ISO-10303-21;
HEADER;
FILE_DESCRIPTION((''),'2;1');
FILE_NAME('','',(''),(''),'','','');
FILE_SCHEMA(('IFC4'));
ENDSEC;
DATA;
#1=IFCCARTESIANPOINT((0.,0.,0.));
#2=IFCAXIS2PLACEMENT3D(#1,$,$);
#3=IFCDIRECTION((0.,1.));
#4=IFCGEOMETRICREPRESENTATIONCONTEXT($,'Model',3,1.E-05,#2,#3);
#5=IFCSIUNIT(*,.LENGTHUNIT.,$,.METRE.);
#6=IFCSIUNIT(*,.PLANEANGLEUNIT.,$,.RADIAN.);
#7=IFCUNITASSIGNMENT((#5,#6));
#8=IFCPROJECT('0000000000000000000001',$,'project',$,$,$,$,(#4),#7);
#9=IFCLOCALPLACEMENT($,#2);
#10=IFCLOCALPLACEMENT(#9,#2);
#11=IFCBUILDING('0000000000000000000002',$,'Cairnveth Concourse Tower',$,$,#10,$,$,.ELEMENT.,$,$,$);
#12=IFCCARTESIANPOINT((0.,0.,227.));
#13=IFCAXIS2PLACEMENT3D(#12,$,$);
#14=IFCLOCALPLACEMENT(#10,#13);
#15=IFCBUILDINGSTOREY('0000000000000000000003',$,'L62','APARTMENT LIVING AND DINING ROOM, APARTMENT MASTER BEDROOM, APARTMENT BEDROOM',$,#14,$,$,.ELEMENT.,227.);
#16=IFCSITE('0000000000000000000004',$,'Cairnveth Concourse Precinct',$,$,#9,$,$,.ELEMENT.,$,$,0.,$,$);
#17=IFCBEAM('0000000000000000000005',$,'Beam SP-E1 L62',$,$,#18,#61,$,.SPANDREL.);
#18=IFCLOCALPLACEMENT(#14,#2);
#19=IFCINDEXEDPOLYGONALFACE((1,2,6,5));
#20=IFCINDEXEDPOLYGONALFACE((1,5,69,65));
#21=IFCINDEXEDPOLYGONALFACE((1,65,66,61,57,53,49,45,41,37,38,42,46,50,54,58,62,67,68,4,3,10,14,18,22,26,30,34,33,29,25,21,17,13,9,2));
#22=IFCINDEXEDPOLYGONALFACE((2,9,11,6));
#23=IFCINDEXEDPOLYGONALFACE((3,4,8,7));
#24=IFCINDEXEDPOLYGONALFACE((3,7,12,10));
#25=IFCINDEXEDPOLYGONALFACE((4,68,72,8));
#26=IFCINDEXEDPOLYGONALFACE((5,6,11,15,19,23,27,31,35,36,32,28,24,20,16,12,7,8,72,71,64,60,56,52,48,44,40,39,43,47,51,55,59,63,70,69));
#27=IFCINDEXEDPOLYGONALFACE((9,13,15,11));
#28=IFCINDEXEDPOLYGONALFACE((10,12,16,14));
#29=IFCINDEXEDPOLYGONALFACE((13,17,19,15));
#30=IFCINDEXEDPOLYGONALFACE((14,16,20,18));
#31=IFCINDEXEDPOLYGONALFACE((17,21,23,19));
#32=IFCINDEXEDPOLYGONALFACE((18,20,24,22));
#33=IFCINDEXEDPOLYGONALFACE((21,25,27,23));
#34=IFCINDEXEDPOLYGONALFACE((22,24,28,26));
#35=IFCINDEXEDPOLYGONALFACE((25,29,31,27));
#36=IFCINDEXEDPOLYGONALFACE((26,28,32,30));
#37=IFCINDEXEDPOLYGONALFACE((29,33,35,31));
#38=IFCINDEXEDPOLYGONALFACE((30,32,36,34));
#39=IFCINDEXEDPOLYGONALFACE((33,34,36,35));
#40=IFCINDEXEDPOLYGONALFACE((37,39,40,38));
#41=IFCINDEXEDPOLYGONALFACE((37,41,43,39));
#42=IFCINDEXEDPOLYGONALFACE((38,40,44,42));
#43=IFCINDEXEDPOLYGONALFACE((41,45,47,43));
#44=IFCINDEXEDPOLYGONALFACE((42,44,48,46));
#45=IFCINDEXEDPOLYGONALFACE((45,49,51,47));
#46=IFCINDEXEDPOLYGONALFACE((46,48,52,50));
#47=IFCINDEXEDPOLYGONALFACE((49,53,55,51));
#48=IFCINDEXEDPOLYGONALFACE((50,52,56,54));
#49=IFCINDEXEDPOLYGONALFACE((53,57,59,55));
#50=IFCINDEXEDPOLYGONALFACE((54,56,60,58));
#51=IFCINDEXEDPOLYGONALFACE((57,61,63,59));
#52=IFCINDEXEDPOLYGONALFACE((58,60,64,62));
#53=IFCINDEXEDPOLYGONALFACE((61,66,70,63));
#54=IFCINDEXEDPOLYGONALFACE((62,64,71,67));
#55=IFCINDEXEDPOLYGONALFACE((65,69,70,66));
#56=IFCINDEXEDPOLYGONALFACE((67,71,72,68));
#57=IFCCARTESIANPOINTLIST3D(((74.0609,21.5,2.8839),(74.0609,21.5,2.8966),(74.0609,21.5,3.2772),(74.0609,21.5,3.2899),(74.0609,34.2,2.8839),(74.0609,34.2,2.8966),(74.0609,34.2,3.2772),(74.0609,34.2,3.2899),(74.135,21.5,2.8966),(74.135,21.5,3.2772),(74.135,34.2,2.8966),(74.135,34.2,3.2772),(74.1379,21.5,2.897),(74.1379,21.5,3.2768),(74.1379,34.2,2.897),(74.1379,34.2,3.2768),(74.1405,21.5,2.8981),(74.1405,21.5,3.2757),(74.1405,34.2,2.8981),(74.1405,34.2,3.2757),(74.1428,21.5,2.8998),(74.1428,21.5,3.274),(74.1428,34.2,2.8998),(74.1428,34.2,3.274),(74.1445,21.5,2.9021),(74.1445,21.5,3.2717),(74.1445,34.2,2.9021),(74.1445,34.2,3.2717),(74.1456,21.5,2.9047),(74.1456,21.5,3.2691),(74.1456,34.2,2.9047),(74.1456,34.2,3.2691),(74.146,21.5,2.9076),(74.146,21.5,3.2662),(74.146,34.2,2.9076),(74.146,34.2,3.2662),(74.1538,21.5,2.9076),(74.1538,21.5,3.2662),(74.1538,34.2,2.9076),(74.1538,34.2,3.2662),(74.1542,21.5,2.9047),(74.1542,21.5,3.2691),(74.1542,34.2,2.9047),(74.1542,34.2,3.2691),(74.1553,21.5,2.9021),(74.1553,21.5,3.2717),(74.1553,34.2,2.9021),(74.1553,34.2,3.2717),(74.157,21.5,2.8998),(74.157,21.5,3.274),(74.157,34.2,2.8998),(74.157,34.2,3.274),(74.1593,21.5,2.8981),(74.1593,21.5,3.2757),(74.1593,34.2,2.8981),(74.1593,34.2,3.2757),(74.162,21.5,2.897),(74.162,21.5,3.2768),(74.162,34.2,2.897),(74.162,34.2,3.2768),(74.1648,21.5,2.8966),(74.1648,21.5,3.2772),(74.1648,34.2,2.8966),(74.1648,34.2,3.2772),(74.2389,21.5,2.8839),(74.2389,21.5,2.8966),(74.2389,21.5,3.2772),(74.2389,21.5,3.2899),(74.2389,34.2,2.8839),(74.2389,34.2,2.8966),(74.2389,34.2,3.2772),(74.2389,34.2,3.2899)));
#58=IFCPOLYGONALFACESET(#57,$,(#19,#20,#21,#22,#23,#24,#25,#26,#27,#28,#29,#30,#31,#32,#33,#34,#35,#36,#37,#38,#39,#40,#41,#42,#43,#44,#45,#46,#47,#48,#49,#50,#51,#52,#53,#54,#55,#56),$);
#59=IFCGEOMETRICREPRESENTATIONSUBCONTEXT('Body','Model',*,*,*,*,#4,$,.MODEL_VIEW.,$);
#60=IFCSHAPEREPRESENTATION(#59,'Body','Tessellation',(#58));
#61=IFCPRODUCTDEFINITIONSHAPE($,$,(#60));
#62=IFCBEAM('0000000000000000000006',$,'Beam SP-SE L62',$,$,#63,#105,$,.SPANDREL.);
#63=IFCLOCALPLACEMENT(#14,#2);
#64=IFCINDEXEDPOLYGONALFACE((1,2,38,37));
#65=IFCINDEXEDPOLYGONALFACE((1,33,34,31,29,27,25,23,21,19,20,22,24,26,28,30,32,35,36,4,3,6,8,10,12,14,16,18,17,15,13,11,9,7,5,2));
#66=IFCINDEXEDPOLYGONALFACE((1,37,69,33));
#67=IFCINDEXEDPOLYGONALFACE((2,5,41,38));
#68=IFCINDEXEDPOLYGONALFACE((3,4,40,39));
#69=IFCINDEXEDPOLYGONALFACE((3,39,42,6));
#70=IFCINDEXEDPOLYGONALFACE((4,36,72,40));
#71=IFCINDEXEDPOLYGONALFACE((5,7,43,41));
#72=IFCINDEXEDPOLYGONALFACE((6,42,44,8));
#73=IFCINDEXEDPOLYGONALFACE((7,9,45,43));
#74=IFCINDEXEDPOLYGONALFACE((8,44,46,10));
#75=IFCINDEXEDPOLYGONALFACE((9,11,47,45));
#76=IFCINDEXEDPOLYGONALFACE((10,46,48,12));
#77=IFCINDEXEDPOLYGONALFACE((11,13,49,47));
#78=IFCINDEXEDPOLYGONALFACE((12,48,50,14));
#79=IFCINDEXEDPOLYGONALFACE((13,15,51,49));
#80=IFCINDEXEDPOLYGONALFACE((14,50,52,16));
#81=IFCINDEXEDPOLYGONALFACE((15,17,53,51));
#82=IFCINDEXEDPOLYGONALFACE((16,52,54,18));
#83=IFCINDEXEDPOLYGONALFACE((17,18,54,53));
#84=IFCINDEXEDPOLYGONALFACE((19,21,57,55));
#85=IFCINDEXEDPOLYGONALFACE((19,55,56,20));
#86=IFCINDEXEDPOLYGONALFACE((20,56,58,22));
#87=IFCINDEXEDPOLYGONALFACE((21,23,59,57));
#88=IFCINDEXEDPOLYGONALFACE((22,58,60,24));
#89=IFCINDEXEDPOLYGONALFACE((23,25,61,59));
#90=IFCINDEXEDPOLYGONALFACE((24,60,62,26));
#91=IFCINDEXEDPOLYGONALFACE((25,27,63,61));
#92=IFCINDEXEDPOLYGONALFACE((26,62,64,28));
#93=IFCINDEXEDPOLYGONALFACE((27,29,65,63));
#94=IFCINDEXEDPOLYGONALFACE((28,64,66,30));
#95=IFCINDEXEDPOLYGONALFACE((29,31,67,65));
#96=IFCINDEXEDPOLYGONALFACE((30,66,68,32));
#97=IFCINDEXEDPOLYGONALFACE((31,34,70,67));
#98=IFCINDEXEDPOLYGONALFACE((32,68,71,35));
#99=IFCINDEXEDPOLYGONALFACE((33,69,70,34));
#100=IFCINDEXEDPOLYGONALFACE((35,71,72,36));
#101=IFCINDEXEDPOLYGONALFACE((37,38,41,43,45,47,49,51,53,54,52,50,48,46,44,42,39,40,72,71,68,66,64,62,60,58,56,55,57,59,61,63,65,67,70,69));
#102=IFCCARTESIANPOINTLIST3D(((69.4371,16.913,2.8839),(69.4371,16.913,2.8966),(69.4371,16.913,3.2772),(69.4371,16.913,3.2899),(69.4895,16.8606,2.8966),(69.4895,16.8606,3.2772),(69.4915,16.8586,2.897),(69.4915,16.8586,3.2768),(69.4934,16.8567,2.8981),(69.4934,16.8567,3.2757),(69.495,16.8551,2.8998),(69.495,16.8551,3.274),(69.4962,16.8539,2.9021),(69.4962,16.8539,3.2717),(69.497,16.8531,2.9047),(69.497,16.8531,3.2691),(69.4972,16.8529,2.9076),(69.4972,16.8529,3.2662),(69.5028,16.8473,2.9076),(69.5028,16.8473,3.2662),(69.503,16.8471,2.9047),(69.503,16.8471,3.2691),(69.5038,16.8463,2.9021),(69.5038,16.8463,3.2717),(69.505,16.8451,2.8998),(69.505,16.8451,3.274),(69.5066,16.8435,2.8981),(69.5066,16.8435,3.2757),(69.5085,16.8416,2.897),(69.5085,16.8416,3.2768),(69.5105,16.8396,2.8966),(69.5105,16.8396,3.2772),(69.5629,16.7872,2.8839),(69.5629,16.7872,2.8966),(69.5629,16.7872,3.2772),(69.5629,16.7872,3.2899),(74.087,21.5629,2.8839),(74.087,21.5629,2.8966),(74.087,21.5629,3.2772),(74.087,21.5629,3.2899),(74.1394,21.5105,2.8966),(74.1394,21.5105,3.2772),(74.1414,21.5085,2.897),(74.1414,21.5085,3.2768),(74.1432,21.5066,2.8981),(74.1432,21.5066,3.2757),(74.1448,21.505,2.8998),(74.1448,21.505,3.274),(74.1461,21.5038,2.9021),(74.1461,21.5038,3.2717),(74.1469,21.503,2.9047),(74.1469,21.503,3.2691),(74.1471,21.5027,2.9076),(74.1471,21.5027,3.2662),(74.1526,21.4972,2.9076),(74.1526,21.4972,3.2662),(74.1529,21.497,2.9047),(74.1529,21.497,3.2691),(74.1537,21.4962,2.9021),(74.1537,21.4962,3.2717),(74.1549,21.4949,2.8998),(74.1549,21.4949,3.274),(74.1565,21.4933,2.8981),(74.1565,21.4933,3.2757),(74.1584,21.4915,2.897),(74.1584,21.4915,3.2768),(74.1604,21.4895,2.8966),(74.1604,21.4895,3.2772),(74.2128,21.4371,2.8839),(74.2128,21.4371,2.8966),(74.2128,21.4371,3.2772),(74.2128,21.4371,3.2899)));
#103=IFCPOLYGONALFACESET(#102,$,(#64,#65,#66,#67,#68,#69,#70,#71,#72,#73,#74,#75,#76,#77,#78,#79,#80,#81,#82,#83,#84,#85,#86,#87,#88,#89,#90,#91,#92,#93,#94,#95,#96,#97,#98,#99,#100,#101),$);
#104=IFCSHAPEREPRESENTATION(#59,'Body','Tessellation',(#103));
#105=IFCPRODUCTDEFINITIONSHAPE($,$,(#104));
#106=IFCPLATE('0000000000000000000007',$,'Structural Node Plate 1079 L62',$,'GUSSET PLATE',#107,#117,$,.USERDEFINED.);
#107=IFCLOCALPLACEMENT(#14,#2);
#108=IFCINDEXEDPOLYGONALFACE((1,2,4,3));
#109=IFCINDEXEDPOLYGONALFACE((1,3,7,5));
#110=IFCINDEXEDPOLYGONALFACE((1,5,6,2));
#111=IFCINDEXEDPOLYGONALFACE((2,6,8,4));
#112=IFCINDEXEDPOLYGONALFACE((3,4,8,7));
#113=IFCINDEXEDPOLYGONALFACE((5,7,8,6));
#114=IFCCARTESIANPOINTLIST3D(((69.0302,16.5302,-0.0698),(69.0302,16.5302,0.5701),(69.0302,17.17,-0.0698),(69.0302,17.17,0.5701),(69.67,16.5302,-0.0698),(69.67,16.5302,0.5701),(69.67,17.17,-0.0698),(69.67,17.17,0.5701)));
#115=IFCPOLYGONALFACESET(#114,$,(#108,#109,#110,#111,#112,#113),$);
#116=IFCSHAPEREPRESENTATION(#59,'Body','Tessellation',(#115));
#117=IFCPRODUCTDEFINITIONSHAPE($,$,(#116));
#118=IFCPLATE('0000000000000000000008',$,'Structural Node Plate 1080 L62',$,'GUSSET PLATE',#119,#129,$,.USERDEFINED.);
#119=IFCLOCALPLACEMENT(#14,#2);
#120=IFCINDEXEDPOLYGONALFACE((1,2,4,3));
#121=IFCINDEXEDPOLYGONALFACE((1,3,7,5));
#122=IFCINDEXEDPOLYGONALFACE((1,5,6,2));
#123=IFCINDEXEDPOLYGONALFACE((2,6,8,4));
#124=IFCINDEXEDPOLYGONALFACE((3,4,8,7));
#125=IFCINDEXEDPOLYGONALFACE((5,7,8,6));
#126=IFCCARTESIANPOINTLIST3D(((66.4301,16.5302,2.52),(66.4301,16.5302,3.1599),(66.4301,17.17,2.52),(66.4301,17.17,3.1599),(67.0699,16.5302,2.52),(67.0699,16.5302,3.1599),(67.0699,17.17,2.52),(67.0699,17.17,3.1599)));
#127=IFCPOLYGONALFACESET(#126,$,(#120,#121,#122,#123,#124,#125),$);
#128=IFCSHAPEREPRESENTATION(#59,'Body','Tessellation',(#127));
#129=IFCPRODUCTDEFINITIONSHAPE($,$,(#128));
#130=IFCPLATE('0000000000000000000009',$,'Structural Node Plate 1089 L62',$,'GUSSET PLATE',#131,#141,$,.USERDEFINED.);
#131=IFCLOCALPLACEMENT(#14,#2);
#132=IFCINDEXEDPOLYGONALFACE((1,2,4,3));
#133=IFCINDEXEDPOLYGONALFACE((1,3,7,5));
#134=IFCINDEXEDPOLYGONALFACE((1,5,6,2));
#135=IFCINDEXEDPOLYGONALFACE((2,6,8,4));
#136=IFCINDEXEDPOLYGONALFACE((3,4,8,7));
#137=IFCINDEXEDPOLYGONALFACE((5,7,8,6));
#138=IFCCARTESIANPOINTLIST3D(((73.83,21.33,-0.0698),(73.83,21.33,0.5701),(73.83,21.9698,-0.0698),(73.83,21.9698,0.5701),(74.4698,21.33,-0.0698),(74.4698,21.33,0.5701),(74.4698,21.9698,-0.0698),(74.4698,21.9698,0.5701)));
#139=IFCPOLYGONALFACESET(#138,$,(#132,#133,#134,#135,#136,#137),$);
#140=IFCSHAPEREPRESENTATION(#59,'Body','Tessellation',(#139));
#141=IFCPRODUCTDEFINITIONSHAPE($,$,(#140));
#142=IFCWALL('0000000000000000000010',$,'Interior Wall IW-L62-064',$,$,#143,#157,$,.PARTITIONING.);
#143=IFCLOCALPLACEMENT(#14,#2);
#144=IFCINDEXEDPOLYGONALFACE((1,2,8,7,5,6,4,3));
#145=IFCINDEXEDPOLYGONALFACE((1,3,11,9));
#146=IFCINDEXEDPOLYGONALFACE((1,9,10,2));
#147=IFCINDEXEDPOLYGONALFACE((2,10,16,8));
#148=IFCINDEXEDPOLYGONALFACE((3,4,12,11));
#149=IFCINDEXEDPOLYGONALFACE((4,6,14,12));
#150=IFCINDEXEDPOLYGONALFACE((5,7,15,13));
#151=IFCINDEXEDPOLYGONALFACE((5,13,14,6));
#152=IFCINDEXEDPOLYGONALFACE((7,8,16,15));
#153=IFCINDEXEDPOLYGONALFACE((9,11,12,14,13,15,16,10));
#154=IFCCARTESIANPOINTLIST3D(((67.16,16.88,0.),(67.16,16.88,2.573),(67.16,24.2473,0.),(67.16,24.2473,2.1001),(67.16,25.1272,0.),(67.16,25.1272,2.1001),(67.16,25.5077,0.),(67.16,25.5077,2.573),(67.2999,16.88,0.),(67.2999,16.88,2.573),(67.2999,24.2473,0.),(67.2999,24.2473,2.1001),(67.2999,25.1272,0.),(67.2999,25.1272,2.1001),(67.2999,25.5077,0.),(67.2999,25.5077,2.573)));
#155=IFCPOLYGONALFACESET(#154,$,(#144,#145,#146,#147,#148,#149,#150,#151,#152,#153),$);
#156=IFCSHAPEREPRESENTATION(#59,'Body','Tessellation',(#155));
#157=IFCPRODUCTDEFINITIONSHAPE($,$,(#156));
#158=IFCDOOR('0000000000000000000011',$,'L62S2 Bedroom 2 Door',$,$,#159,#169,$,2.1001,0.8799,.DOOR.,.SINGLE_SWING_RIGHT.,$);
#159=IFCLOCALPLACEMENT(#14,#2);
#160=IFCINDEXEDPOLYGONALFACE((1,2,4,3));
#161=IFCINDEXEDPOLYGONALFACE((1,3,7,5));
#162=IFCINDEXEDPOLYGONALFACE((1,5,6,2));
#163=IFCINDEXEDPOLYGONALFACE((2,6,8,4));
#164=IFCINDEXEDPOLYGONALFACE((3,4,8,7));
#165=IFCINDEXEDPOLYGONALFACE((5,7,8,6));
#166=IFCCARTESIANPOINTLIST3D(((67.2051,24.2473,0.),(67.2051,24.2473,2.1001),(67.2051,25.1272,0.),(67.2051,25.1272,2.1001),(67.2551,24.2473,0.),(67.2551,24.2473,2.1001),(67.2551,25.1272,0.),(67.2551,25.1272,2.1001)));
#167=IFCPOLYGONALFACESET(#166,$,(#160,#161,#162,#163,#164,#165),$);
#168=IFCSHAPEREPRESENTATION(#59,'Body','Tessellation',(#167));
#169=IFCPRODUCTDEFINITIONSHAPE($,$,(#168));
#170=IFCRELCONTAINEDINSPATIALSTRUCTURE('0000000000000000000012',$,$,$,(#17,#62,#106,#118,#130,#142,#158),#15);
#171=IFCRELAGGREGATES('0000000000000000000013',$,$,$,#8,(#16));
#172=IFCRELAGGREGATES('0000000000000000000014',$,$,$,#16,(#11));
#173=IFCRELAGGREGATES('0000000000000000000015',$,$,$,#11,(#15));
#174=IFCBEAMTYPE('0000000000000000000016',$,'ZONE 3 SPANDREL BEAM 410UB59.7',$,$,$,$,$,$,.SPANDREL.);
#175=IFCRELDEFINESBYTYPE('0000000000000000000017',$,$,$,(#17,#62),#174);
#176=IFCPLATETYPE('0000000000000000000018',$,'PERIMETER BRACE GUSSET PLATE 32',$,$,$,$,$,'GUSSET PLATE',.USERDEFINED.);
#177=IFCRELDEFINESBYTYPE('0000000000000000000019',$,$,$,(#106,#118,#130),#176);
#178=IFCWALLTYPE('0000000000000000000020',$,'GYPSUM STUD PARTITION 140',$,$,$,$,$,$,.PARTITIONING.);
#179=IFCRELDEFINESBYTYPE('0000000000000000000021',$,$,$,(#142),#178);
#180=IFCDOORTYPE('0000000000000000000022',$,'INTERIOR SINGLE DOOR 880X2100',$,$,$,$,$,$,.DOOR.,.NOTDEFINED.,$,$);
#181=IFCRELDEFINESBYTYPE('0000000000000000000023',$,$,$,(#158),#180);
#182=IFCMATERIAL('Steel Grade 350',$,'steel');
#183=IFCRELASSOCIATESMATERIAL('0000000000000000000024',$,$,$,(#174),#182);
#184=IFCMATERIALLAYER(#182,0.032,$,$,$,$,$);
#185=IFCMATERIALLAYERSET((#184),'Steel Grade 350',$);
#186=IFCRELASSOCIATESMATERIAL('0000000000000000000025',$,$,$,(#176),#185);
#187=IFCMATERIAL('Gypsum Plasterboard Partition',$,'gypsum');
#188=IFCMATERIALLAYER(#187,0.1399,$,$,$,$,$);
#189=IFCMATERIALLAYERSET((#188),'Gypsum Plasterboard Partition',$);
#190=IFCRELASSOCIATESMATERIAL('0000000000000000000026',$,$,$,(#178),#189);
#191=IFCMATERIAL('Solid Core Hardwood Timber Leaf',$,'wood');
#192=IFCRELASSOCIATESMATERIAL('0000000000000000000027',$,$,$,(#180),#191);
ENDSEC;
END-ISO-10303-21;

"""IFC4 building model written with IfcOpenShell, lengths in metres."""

from ifc_helpers import new_model, si_unit, direction, frame, frame_2d, origin, origin_2d, place, context, subcontext, project, spatial, rectangle, i_section, extrude, material, layer, layer_set, material_profile, profile_set, type_object, element, fill, save


model = new_model("IFC4")

# Units and contexts
model_context = context("Model", 3, precision=1e-05, world=origin(), true_north=direction((0.0, 1.0)))
body_context = subcontext(model_context, "Body", "Model", "MODEL_VIEW")
ifc_project = project(units=[si_unit("LENGTHUNIT", "METRE"), si_unit("PLANEANGLEUNIT", "RADIAN")], contexts=[model_context])

# Site, building, storey
site_placement = place(None, origin())
site = spatial("IfcSite", under=ifc_project, at=site_placement, Name="Cairnveth Concourse Precinct", CompositionType="ELEMENT", RefElevation=0.0)
building_placement = place(site_placement, origin())
building = spatial("IfcBuilding", under=site, at=building_placement, Name="Cairnveth Concourse Tower", CompositionType="ELEMENT")
storey_placement = place(building_placement, frame((0.0, 0.0, 227.0)))
storey = spatial("IfcBuildingStorey", under=building, at=storey_placement, Name="L62", Description="APARTMENT LIVING AND DINING ROOM, APARTMENT MASTER BEDROOM, APARTMENT BEDROOM", CompositionType="ELEMENT", Elevation=227.0)

# Shared definitions
ifc_material_1 = material(Name="Steel Grade 350", Category="steel")

# Beams
ifc_material_profile_1 = material_profile(ifc_material_1, i_section(OverallWidth=0.178, OverallDepth=0.406, WebThickness=0.0078, FlangeThickness=0.0127, FilletRadius=0.011, at=origin_2d()), Name="410UB59.7")
ifc_profile_set_1 = profile_set([ifc_material_profile_1], Name="Steel Grade 350")
beam_type_1 = type_object("IfcBeamType", Name="ZONE 3 SPANDREL BEAM 410UB59.7", PredefinedType="SPANDREL", material=ifc_profile_set_1)
beam_1_placement = place(storey_placement, frame((74.1499, 21.5, 3.0869), z_axis=(0.0, 1.0, 0.0), x_axis=(-1.0, 0.0, 0.0)))
element("IfcBeam", 1, at=beam_1_placement, inside=storey, type_object=beam_type_1, Name="Beam SP-E1 L62", PredefinedType="SPANDREL", context=body_context, shape_type="SweptSolid", body=[
    extrude(i_section(OverallWidth=0.178, OverallDepth=0.406, WebThickness=0.0078, FlangeThickness=0.0127, FilletRadius=0.011, at=origin_2d()), origin(), (0.0, 0.0, 1.0), 12.7),
])
beam_2_placement = place(storey_placement, frame((69.5, 16.8501, 3.0869), z_axis=(0.707107, 0.707107, 0.0), x_axis=(-0.707107, 0.707107, 0.0)))
element("IfcBeam", 2, at=beam_2_placement, inside=storey, type_object=beam_type_1, Name="Beam SP-SE L62", PredefinedType="SPANDREL", context=body_context, shape_type="SweptSolid", body=[
    extrude(i_section(OverallWidth=0.178, OverallDepth=0.406, WebThickness=0.0078, FlangeThickness=0.0127, FilletRadius=0.011, at=origin_2d()), origin(), (0.0, 0.0, 1.0), 6.5759),
])

# Plates
ifc_layer_1 = layer(ifc_material_1, 0.032)
ifc_layer_set_1 = layer_set([ifc_layer_1], Name="Steel Grade 350")
plate_type = type_object("IfcPlateType", Name="PERIMETER BRACE GUSSET PLATE 32", ElementType="GUSSET PLATE", PredefinedType="USERDEFINED", material=ifc_layer_set_1)
for number, where, z_axis, x_axis, name in (
    (3, (69.3501, 16.8501, -0.0698), (0.0, 0.0, 1.0), (1.0, 0.0, 0.0), "Structural Node Plate 1079 L62"),
    (4, (66.75, 16.8501, 2.52), (0.0, 0.0, 1.0), (1.0, 0.0, 0.0), "Structural Node Plate 1080 L62"),
    (5, (74.1499, 21.6499, -0.0698), (0.0, 0.0, 1.0), (1.0, 0.0, 0.0), "Structural Node Plate 1089 L62"),
):
    element("IfcPlate", number, at=place(storey_placement, frame(where, z_axis=z_axis, x_axis=x_axis)), inside=storey, type_object=plate_type, Name=name, ObjectType="GUSSET PLATE", PredefinedType="USERDEFINED", context=body_context, shape_type="SweptSolid", body=[
        extrude(rectangle(XDim=0.6399, YDim=0.6399, at=origin_2d()), origin(), (0.0, 0.0, 1.0), 0.6399),
    ])

# Wall, opening, door
ifc_material_2 = material(Name="Gypsum Plasterboard Partition", Category="gypsum")
ifc_layer_2 = layer(ifc_material_2, 0.1399)
ifc_layer_set_2 = layer_set([ifc_layer_2], Name="Gypsum Plasterboard Partition")
wall_type_1 = type_object("IfcWallType", Name="GYPSUM STUD PARTITION 140", PredefinedType="PARTITIONING", material=ifc_layer_set_2)
wall_1_placement = place(storey_placement, frame((67.23, 16.8799, 0.0), z_axis=(0.0, 0.0, 1.0), x_axis=(0.0, 1.0, 0.0)))
wall_1 = element("IfcWall", 6, at=wall_1_placement, inside=storey, type_object=wall_type_1, Name="Interior Wall IW-L62-064", PredefinedType="PARTITIONING", context=body_context, shape_type="SweptSolid", body=[
    extrude(rectangle(XDim=8.6277, YDim=0.1399, at=frame_2d((4.314, 0.0))), origin(), (0.0, 0.0, 1.0), 2.573),
])
opening_1_placement = place(wall_1_placement, frame((7.3674, 0.0, 0.0)))
opening_1 = element("IfcOpeningElement", 7, at=opening_1_placement, cuts=wall_1, PredefinedType="OPENING", context=body_context, shape_type="SweptSolid", body=[
    extrude(rectangle(XDim=0.8799, YDim=2.1001, at=frame_2d((0.4399, 1.05))), frame((0.0, 0.0798, 0.0), z_axis=(0.0, -1.0, 0.0), x_axis=(1.0, 0.0, 0.0)), (0.0, 0.0, 1.0), 0.1599),
])
ifc_material_3 = material(Name="Solid Core Hardwood Timber Leaf", Category="wood")
door_type = type_object("IfcDoorType", Name="INTERIOR SINGLE DOOR 880X2100", OperationType="NOTDEFINED", PredefinedType="DOOR", material=ifc_material_3)
door_1_placement = place(opening_1_placement, origin())
door_1 = element("IfcDoor", 8, at=door_1_placement, inside=storey, type_object=door_type, Name="L62S2 Bedroom 2 Door", OperationType="SINGLE_SWING_RIGHT", OverallHeight=2.1001, OverallWidth=0.8799, PredefinedType="DOOR", context=body_context, shape_type="SweptSolid", body=[
    extrude(rectangle(XDim=0.8799, YDim=2.1001, at=frame_2d((0.4399, 1.05))), frame((0.0, 0.0249, 0.0), z_axis=(0.0, -1.0, 0.0), x_axis=(1.0, 0.0, 0.0)), (0.0, 0.0, 1.0), 0.05),
])
fill(opening_1, door_1)

save(model, "model.ifc")
